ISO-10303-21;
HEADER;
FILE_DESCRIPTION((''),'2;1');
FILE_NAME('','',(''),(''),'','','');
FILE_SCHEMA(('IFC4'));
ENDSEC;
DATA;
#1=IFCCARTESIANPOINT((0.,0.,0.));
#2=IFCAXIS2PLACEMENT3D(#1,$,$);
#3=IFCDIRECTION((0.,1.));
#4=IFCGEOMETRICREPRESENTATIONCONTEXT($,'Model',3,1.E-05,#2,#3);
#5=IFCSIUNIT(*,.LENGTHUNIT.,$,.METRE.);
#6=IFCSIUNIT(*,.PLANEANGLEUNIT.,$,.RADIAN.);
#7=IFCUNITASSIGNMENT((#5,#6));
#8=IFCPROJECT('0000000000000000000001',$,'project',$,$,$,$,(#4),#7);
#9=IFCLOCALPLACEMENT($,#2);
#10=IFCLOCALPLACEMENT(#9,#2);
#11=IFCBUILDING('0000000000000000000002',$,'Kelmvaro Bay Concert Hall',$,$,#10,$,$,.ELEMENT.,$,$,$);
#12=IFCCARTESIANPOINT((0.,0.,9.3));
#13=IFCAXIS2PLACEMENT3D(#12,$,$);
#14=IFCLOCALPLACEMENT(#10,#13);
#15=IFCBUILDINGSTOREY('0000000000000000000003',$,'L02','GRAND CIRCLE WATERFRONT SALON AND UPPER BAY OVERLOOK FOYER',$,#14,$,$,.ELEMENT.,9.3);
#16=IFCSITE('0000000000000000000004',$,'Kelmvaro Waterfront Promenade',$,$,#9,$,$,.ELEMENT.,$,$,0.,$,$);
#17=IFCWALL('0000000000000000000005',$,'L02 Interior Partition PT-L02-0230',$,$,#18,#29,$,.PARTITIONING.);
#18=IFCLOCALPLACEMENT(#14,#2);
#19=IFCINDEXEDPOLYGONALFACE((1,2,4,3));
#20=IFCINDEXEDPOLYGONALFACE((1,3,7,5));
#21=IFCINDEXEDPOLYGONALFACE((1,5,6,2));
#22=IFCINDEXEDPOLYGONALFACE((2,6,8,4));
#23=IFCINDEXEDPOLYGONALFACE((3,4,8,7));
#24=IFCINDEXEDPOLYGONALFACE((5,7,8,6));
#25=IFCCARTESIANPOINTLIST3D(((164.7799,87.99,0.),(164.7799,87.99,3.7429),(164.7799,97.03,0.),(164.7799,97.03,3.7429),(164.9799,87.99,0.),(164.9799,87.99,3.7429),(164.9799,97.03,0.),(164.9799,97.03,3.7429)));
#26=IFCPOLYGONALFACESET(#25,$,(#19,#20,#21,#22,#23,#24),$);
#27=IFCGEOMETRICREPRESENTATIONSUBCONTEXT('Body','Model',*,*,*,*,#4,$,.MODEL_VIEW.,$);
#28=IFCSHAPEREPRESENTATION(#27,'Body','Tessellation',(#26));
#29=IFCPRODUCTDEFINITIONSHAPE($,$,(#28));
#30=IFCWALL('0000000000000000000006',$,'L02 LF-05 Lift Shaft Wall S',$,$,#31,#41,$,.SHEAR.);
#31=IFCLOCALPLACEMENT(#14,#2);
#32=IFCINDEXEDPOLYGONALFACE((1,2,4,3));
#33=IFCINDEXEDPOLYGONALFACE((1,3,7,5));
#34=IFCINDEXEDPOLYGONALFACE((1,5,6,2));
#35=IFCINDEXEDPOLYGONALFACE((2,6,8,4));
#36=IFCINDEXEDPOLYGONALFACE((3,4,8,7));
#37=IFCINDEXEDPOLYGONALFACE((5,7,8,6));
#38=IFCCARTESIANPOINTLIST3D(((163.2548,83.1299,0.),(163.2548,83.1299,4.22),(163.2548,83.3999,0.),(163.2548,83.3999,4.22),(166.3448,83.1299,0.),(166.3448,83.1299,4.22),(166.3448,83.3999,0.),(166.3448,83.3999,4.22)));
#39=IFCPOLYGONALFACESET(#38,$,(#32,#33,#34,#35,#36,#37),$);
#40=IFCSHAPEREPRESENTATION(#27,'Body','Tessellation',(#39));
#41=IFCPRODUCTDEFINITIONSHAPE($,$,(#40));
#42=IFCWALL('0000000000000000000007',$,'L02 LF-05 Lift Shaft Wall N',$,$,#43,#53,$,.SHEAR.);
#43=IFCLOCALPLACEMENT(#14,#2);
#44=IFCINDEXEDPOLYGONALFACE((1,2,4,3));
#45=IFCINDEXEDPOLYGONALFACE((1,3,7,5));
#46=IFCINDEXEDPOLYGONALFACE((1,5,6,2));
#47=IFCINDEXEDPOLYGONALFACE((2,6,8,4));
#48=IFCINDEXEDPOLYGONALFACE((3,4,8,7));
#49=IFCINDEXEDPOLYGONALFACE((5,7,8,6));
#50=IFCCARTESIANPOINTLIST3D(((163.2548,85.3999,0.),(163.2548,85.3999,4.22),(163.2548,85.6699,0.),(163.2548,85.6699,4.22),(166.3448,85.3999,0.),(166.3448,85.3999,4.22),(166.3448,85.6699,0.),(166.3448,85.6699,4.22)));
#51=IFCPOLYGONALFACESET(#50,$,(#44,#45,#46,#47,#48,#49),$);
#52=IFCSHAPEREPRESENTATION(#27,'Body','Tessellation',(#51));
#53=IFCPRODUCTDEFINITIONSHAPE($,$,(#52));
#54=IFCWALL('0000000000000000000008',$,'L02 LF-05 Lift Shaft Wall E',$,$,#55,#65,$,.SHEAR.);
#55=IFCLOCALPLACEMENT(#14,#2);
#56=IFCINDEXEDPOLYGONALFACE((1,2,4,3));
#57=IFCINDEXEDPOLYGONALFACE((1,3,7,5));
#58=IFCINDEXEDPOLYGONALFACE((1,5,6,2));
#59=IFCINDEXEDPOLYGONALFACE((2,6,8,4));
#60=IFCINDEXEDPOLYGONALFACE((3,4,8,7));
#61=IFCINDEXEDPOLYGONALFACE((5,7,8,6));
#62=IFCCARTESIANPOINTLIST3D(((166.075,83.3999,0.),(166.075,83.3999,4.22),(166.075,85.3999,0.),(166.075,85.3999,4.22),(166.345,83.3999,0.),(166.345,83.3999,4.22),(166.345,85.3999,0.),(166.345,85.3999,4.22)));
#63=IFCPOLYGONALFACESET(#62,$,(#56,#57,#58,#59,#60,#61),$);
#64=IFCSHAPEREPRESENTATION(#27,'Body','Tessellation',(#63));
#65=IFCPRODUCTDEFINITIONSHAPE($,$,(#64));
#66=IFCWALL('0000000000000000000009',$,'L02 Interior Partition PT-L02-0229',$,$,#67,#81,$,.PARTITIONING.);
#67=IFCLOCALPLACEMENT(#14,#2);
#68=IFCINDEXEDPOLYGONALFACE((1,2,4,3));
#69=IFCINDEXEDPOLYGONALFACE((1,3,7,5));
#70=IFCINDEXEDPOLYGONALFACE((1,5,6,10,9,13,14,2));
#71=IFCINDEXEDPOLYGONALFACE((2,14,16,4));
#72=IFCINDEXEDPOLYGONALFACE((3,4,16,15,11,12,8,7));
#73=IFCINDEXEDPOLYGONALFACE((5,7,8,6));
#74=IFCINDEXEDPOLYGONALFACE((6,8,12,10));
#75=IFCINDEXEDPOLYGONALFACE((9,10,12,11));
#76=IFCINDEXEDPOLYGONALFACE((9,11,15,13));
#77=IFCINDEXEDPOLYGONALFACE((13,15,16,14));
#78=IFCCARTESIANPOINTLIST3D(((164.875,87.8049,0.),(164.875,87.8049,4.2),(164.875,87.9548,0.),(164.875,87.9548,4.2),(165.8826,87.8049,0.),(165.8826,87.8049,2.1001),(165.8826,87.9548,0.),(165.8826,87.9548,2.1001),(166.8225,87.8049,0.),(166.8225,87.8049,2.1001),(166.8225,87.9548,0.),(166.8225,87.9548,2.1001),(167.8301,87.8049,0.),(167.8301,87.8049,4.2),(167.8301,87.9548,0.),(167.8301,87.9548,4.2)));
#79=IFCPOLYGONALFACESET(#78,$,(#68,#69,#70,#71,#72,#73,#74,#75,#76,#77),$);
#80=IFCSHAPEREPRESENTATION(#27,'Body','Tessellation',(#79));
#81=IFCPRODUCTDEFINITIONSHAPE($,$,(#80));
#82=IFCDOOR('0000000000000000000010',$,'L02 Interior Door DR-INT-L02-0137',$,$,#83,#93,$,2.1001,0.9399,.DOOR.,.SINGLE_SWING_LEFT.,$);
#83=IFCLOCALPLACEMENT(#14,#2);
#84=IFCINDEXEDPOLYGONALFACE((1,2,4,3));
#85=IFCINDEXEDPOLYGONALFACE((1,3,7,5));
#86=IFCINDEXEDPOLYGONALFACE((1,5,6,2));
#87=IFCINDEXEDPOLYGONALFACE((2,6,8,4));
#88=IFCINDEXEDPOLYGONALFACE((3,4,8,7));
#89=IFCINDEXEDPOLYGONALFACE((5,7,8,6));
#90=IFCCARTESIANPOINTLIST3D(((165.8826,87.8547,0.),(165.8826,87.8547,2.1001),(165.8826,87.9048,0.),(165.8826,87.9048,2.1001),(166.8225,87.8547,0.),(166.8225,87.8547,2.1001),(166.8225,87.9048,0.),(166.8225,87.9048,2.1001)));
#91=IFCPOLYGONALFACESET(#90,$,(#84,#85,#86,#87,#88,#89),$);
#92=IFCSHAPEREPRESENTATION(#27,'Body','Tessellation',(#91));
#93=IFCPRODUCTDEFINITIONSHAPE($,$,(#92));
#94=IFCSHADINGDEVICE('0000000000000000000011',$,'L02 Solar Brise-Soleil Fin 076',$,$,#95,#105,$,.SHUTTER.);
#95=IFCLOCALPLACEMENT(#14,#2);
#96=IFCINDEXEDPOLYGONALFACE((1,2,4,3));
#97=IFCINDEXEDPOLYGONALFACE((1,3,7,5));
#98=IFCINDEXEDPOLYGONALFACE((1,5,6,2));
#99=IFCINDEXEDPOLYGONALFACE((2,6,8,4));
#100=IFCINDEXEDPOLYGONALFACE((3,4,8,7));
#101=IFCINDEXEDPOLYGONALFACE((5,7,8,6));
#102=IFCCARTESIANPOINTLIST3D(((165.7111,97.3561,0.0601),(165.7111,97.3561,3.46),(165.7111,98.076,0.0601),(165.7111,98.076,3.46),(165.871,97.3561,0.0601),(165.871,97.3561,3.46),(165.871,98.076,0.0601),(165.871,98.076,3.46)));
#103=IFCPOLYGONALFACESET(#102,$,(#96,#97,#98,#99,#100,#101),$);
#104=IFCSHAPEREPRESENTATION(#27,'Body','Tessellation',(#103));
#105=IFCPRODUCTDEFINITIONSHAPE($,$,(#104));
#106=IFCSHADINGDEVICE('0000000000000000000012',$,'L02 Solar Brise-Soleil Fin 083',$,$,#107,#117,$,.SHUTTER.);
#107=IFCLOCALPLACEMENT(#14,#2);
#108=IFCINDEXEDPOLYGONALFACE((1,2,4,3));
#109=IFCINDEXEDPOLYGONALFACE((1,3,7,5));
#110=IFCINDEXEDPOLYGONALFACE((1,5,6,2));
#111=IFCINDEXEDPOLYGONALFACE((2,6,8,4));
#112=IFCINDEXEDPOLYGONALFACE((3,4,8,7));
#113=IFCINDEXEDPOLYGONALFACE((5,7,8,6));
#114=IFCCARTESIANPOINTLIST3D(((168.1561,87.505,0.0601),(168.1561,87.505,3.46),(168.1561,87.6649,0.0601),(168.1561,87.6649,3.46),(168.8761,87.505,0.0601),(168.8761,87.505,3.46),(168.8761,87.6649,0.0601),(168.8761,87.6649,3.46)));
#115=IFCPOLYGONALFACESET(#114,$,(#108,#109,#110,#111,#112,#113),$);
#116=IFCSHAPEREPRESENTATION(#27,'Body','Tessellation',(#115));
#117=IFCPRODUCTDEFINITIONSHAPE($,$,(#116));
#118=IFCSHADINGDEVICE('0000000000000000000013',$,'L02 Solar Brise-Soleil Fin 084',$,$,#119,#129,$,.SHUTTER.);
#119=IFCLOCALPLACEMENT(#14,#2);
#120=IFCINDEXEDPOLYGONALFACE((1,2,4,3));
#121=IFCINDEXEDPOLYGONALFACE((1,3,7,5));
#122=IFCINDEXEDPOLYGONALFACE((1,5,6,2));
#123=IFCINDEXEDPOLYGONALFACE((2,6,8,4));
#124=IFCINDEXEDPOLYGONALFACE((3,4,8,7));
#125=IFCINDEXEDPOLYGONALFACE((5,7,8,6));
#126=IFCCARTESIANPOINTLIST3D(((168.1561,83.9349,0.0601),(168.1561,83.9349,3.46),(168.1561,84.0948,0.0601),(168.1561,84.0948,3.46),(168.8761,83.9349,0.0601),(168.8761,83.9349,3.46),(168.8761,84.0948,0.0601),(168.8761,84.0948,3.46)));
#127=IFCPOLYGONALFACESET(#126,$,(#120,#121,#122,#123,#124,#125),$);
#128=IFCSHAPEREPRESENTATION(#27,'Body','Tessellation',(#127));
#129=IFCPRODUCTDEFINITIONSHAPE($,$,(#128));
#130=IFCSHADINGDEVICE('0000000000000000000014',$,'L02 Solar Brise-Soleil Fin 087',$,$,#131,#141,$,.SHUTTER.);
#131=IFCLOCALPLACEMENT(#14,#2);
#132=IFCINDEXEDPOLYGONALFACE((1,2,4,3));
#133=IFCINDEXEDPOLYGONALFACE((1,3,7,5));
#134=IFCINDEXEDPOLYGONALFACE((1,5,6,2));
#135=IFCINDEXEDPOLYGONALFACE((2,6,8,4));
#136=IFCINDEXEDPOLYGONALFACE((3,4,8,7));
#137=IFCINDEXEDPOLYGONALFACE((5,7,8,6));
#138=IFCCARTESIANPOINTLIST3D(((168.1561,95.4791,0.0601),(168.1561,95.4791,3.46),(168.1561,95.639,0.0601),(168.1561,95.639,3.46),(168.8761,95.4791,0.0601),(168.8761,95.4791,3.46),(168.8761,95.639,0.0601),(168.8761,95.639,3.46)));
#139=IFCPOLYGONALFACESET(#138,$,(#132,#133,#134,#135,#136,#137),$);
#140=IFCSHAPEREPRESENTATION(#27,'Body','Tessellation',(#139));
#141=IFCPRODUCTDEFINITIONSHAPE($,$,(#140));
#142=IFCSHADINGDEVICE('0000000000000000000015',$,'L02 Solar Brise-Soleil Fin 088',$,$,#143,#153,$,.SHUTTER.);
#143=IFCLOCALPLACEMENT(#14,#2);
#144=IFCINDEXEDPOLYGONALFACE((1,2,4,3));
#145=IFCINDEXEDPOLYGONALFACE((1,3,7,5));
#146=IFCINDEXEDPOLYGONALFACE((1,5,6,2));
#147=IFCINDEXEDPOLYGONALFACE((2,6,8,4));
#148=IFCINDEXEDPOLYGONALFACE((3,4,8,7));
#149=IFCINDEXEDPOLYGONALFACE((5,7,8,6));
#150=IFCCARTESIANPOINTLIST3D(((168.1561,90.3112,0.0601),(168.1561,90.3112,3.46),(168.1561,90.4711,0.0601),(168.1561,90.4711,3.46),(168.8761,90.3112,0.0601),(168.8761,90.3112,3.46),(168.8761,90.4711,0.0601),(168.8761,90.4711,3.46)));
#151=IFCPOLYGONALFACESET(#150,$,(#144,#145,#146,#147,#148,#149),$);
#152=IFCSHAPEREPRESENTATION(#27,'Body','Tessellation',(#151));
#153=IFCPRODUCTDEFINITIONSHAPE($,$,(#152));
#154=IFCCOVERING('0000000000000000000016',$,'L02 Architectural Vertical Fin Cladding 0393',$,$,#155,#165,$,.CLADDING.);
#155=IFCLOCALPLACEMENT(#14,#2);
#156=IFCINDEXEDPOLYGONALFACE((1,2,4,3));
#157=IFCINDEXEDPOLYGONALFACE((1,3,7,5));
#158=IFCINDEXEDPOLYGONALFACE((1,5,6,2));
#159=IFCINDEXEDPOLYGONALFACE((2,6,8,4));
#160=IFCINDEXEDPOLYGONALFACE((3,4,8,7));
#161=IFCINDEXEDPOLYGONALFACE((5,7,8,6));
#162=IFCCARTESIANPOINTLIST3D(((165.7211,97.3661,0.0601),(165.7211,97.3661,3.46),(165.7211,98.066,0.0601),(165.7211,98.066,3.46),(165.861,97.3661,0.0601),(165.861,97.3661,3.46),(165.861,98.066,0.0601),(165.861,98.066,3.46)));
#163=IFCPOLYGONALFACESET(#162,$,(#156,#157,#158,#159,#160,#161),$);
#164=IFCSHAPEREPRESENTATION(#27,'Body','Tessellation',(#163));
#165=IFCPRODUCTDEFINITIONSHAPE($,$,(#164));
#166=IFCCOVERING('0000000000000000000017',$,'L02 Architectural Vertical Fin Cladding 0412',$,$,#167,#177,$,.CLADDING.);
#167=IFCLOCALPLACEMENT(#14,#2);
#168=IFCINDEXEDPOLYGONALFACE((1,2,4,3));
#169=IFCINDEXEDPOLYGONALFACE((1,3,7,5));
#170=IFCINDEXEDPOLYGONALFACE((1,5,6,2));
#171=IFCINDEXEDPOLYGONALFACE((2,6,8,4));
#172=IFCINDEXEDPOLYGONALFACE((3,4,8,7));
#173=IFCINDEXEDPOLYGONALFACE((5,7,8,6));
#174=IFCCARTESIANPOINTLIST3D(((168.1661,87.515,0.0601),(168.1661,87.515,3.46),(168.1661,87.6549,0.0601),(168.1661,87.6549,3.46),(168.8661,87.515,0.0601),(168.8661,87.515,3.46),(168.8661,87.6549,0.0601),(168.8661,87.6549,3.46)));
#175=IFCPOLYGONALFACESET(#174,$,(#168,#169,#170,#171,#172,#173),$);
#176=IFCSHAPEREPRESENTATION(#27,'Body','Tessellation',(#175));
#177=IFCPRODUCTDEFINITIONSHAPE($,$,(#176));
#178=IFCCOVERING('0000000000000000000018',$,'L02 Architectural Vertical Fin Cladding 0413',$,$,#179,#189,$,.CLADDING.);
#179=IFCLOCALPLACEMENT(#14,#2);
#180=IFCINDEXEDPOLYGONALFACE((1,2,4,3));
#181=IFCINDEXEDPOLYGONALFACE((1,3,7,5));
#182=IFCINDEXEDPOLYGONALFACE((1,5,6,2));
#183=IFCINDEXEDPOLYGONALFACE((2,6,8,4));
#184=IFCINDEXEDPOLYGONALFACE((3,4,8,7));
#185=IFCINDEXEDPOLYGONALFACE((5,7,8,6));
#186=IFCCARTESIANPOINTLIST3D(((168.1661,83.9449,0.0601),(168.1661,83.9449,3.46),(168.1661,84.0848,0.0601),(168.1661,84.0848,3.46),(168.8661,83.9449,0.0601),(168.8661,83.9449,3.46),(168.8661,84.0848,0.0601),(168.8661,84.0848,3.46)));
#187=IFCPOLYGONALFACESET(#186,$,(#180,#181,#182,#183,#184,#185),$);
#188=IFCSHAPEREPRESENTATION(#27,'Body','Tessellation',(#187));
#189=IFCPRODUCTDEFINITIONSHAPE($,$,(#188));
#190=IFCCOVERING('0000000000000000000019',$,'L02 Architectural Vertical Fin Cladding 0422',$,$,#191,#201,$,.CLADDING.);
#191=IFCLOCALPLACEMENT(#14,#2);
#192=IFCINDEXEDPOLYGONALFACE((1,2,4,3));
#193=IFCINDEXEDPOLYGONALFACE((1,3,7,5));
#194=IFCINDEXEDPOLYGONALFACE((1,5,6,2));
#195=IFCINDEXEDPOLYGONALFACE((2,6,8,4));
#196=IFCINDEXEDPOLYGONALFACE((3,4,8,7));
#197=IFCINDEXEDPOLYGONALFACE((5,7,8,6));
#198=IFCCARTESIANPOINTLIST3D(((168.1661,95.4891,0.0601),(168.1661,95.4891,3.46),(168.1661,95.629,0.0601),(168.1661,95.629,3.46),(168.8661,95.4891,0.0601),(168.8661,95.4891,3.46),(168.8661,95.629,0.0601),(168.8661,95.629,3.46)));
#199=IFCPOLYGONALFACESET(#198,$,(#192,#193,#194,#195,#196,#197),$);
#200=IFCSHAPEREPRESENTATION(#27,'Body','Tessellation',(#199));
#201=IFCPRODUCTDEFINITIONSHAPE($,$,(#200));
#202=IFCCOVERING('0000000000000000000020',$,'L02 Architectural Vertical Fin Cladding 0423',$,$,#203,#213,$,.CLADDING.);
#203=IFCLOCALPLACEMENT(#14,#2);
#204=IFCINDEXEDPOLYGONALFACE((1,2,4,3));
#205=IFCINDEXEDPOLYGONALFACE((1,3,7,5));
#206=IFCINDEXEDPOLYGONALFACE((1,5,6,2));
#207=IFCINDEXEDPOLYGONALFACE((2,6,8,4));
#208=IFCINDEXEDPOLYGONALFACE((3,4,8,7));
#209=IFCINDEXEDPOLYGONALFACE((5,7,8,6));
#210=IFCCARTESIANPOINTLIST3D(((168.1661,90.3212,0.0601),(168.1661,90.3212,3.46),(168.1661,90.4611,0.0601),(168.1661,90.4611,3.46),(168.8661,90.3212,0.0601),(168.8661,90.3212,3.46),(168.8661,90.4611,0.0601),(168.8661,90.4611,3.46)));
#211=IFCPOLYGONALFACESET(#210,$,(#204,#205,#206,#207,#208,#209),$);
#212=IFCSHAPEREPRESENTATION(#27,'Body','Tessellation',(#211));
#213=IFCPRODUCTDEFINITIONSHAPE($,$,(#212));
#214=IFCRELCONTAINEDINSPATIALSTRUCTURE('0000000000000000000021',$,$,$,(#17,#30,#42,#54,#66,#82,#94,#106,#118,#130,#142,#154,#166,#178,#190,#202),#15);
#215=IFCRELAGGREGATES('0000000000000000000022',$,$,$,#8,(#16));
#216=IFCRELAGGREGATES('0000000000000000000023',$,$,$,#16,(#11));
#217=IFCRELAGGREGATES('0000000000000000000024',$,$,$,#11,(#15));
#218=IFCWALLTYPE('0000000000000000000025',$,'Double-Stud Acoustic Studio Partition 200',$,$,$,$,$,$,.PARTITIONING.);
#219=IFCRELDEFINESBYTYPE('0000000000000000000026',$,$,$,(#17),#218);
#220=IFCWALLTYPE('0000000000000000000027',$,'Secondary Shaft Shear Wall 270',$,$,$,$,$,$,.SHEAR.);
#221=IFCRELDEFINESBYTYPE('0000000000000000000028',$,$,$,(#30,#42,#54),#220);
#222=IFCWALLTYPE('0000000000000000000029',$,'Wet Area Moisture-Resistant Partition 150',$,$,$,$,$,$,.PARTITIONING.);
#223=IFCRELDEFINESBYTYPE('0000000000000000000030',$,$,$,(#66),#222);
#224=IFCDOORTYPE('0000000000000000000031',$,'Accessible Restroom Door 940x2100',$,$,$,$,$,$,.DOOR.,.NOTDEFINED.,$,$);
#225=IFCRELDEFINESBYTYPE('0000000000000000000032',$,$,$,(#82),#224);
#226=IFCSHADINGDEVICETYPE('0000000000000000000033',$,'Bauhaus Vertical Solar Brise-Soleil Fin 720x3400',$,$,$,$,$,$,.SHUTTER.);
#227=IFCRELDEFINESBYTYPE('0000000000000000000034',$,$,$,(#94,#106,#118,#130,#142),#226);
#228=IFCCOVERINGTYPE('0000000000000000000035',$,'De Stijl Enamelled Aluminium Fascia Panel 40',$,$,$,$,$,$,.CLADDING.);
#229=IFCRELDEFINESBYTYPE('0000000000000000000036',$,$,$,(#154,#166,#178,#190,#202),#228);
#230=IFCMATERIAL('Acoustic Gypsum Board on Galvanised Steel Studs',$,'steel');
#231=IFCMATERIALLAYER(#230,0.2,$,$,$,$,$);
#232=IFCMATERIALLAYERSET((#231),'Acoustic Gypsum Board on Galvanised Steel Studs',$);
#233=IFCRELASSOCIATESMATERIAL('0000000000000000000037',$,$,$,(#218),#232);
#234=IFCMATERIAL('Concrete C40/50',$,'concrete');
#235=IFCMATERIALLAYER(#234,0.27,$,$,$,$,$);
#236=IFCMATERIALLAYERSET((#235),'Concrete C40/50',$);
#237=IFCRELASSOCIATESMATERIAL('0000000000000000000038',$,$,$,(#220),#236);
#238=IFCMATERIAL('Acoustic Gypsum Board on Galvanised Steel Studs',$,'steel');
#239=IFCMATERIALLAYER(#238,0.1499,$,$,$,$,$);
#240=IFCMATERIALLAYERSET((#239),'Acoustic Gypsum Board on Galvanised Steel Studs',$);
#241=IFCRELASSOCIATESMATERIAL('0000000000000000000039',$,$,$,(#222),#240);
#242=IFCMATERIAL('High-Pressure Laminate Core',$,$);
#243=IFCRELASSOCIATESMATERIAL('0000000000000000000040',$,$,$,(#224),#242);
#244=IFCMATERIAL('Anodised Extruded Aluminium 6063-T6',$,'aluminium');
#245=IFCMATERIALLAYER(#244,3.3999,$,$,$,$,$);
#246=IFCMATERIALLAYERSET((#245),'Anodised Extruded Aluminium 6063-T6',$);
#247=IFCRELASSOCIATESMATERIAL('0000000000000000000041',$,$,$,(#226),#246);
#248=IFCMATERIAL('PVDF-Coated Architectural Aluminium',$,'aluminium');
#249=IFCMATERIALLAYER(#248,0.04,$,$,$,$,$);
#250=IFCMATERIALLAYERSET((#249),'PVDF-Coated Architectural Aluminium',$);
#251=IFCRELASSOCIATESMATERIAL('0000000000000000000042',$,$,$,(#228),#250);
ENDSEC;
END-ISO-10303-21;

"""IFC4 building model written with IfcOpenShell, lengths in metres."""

from ifc_helpers import new_model, si_unit, direction, frame, frame_2d, origin, origin_2d, place, context, subcontext, project, spatial, rectangle, extrude, material, layer, layer_set, type_object, element, fill, save


model = new_model("IFC4")

# Units and contexts
model_context = context("Model", 3, precision=1e-05, world=origin(), true_north=direction((0.0, 1.0)))
body_context = subcontext(model_context, "Body", "Model", "MODEL_VIEW")
ifc_project = project(units=[si_unit("LENGTHUNIT", "METRE"), si_unit("PLANEANGLEUNIT", "RADIAN")], contexts=[model_context])

# Site, building, storey
site_placement = place(None, origin())
site = spatial("IfcSite", under=ifc_project, at=site_placement, Name="Kelmvaro Waterfront Promenade", CompositionType="ELEMENT", RefElevation=0.0)
building_placement = place(site_placement, origin())
building = spatial("IfcBuilding", under=site, at=building_placement, Name="Kelmvaro Bay Concert Hall", CompositionType="ELEMENT")
storey_placement = place(building_placement, frame((0.0, 0.0, 9.3)))
storey = spatial("IfcBuildingStorey", under=building, at=storey_placement, Name="L02", Description="GRAND CIRCLE WATERFRONT SALON AND UPPER BAY OVERLOOK FOYER", CompositionType="ELEMENT", Elevation=9.3)

# Walls
ifc_material_1 = material(Name="Acoustic Gypsum Board on Galvanised Steel Studs", Category="steel")
ifc_layer_1 = layer(ifc_material_1, 0.2)
ifc_layer_set_1 = layer_set([ifc_layer_1], Name="Acoustic Gypsum Board on Galvanised Steel Studs")
wall_type_1 = type_object("IfcWallType", Name="Double-Stud Acoustic Studio Partition 200", PredefinedType="PARTITIONING", material=ifc_layer_set_1)
wall_1_placement = place(storey_placement, frame((164.8799, 87.99, 0.0), z_axis=(0.0, 0.0, 1.0), x_axis=(0.0, 1.0, 0.0)))
element("IfcWall", 1, at=wall_1_placement, inside=storey, type_object=wall_type_1, Name="L02 Interior Partition PT-L02-0230", PredefinedType="PARTITIONING", context=body_context, shape_type="SweptSolid", body=[
    extrude(rectangle(XDim=9.04, YDim=0.2, at=frame_2d((4.52, 0.0))), origin(), (0.0, 0.0, 1.0), 3.7429),
])
ifc_material_2 = material(Name="Concrete C40/50", Category="concrete")
ifc_layer_2 = layer(ifc_material_2, 0.27)
ifc_layer_set_2 = layer_set([ifc_layer_2], Name="Concrete C40/50")
wall_type_2 = type_object("IfcWallType", Name="Secondary Shaft Shear Wall 270", PredefinedType="SHEAR", material=ifc_layer_set_2)
for number, where, z_axis, x_axis, name in (
    (2, (163.2549, 83.2649, 0.0), (0.0, 0.0, 1.0), (1.0, 0.0, 0.0), "L02 LF-05 Lift Shaft Wall S"),
    (3, (163.2549, 85.5349, 0.0), (0.0, 0.0, 1.0), (1.0, 0.0, 0.0), "L02 LF-05 Lift Shaft Wall N"),
):
    element("IfcWall", number, at=place(storey_placement, frame(where, z_axis=z_axis, x_axis=x_axis)), inside=storey, type_object=wall_type_2, Name=name, PredefinedType="SHEAR", context=body_context, shape_type="SweptSolid", body=[
        extrude(rectangle(XDim=3.0901, YDim=0.27, at=frame_2d((1.5449, 0.0))), origin(), (0.0, 0.0, 1.0), 4.22),
    ])

# Wall
wall_2_placement = place(storey_placement, frame((166.21, 83.3999, 0.0), z_axis=(0.0, 0.0, 1.0), x_axis=(0.0, 1.0, 0.0)))
element("IfcWall", 4, at=wall_2_placement, inside=storey, type_object=wall_type_2, Name="L02 LF-05 Lift Shaft Wall E", PredefinedType="SHEAR", context=body_context, shape_type="SweptSolid", body=[
    extrude(rectangle(XDim=2.0, YDim=0.27, at=frame_2d((1.0, 0.0))), origin(), (0.0, 0.0, 1.0), 4.22),
])

# Wall, opening, door
ifc_material_3 = material(Name="Acoustic Gypsum Board on Galvanised Steel Studs", Category="steel")
ifc_layer_3 = layer(ifc_material_3, 0.1499)
ifc_layer_set_3 = layer_set([ifc_layer_3], Name="Acoustic Gypsum Board on Galvanised Steel Studs")
wall_type_3 = type_object("IfcWallType", Name="Wet Area Moisture-Resistant Partition 150", PredefinedType="PARTITIONING", material=ifc_layer_set_3)
wall_3_placement = place(storey_placement, frame((164.875, 87.8799, 0.0), z_axis=(0.0, 0.0, 1.0), x_axis=(1.0, 0.0, 0.0)))
wall_3 = element("IfcWall", 5, at=wall_3_placement, inside=storey, type_object=wall_type_3, Name="L02 Interior Partition PT-L02-0229", PredefinedType="PARTITIONING", context=body_context, shape_type="SweptSolid", body=[
    extrude(rectangle(XDim=2.9551, YDim=0.1499, at=frame_2d((1.4775, 0.0))), origin(), (0.0, 0.0, 1.0), 4.2),
])
opening_1_placement = place(wall_3_placement, frame((1.0076, 0.0, 0.0)))
opening_1 = element("IfcOpeningElement", 6, at=opening_1_placement, cuts=wall_3, PredefinedType="OPENING", context=body_context, shape_type="SweptSolid", body=[
    extrude(rectangle(XDim=0.9399, YDim=2.1001, at=frame_2d((0.47, 1.05))), frame((0.0, 0.085, 0.0), z_axis=(0.0, -1.0, 0.0), x_axis=(1.0, 0.0, 0.0)), (0.0, 0.0, 1.0), 0.1699),
])
ifc_material_4 = material(Name="High-Pressure Laminate Core")
door_type_1 = type_object("IfcDoorType", Name="Accessible Restroom Door 940x2100", OperationType="NOTDEFINED", PredefinedType="DOOR", material=ifc_material_4)
door_1_placement = place(opening_1_placement, origin())
door_1 = element("IfcDoor", 7, at=door_1_placement, inside=storey, type_object=door_type_1, Name="L02 Interior Door DR-INT-L02-0137", OperationType="SINGLE_SWING_LEFT", OverallHeight=2.1001, OverallWidth=0.9399, PredefinedType="DOOR", context=body_context, shape_type="SweptSolid", body=[
    extrude(rectangle(XDim=0.9399, YDim=2.1001, at=frame_2d((0.47, 1.05))), frame((0.0, 0.0249, 0.0), z_axis=(0.0, -1.0, 0.0), x_axis=(1.0, 0.0, 0.0)), (0.0, 0.0, 1.0), 0.05),
])
fill(opening_1, door_1)

# Shading devices
ifc_material_5 = material(Name="Anodised Extruded Aluminium 6063-T6", Category="aluminium")
ifc_layer_4 = layer(ifc_material_5, 3.3999)
ifc_layer_set_4 = layer_set([ifc_layer_4], Name="Anodised Extruded Aluminium 6063-T6")
shading_device_type = type_object("IfcShadingDeviceType", Name="Bauhaus Vertical Solar Brise-Soleil Fin 720x3400", PredefinedType="SHUTTER", material=ifc_layer_set_4)
for number, where, z_axis, x_axis, name in (
    (8, (165.791, 97.7161, 0.0601), (0.0, 0.0, 1.0), (1.0, 0.0, 0.0), "L02 Solar Brise-Soleil Fin 076"),
    (9, (168.5161, 87.585, 0.0601), (0.0, 0.0, 1.0), (0.0, -1.0, 0.0), "L02 Solar Brise-Soleil Fin 083"),
    (10, (168.5161, 84.0149, 0.0601), (0.0, 0.0, 1.0), (0.0, -1.0, 0.0), "L02 Solar Brise-Soleil Fin 084"),
    (11, (168.5161, 95.5591, 0.0601), (0.0, 0.0, 1.0), (0.0, -1.0, 0.0), "L02 Solar Brise-Soleil Fin 087"),
    (12, (168.5161, 90.3911, 0.0601), (0.0, 0.0, 1.0), (0.0, -1.0, 0.0), "L02 Solar Brise-Soleil Fin 088"),
):
    element("IfcShadingDevice", number, at=place(storey_placement, frame(where, z_axis=z_axis, x_axis=x_axis)), inside=storey, type_object=shading_device_type, Name=name, PredefinedType="SHUTTER", context=body_context, shape_type="SweptSolid", body=[
        extrude(rectangle(XDim=0.1599, YDim=0.72, at=origin_2d()), origin(), (0.0, 0.0, 1.0), 3.3999),
    ])

# Coverings
ifc_material_6 = material(Name="PVDF-Coated Architectural Aluminium", Category="aluminium")
ifc_layer_5 = layer(ifc_material_6, 0.04)
ifc_layer_set_5 = layer_set([ifc_layer_5], Name="PVDF-Coated Architectural Aluminium")
covering_type_1 = type_object("IfcCoveringType", Name="De Stijl Enamelled Aluminium Fascia Panel 40", PredefinedType="CLADDING", material=ifc_layer_set_5)
for number, where, z_axis, x_axis, name in (
    (13, (165.791, 97.7161, 0.0601), (0.0, 0.0, 1.0), (1.0, 0.0, 0.0), "L02 Architectural Vertical Fin Cladding 0393"),
    (14, (168.5161, 87.585, 0.0601), (0.0, 0.0, 1.0), (0.0, -1.0, 0.0), "L02 Architectural Vertical Fin Cladding 0412"),
    (15, (168.5161, 84.0149, 0.0601), (0.0, 0.0, 1.0), (0.0, -1.0, 0.0), "L02 Architectural Vertical Fin Cladding 0413"),
    (16, (168.5161, 95.5591, 0.0601), (0.0, 0.0, 1.0), (0.0, -1.0, 0.0), "L02 Architectural Vertical Fin Cladding 0422"),
    (17, (168.5161, 90.3911, 0.0601), (0.0, 0.0, 1.0), (0.0, -1.0, 0.0), "L02 Architectural Vertical Fin Cladding 0423"),
):
    element("IfcCovering", number, at=place(storey_placement, frame(where, z_axis=z_axis, x_axis=x_axis)), inside=storey, type_object=covering_type_1, Name=name, PredefinedType="CLADDING", context=body_context, shape_type="SweptSolid", body=[
        extrude(rectangle(XDim=0.1399, YDim=0.7, at=origin_2d()), origin(), (0.0, 0.0, 1.0), 3.3999),
    ])

save(model, "model.ifc")
